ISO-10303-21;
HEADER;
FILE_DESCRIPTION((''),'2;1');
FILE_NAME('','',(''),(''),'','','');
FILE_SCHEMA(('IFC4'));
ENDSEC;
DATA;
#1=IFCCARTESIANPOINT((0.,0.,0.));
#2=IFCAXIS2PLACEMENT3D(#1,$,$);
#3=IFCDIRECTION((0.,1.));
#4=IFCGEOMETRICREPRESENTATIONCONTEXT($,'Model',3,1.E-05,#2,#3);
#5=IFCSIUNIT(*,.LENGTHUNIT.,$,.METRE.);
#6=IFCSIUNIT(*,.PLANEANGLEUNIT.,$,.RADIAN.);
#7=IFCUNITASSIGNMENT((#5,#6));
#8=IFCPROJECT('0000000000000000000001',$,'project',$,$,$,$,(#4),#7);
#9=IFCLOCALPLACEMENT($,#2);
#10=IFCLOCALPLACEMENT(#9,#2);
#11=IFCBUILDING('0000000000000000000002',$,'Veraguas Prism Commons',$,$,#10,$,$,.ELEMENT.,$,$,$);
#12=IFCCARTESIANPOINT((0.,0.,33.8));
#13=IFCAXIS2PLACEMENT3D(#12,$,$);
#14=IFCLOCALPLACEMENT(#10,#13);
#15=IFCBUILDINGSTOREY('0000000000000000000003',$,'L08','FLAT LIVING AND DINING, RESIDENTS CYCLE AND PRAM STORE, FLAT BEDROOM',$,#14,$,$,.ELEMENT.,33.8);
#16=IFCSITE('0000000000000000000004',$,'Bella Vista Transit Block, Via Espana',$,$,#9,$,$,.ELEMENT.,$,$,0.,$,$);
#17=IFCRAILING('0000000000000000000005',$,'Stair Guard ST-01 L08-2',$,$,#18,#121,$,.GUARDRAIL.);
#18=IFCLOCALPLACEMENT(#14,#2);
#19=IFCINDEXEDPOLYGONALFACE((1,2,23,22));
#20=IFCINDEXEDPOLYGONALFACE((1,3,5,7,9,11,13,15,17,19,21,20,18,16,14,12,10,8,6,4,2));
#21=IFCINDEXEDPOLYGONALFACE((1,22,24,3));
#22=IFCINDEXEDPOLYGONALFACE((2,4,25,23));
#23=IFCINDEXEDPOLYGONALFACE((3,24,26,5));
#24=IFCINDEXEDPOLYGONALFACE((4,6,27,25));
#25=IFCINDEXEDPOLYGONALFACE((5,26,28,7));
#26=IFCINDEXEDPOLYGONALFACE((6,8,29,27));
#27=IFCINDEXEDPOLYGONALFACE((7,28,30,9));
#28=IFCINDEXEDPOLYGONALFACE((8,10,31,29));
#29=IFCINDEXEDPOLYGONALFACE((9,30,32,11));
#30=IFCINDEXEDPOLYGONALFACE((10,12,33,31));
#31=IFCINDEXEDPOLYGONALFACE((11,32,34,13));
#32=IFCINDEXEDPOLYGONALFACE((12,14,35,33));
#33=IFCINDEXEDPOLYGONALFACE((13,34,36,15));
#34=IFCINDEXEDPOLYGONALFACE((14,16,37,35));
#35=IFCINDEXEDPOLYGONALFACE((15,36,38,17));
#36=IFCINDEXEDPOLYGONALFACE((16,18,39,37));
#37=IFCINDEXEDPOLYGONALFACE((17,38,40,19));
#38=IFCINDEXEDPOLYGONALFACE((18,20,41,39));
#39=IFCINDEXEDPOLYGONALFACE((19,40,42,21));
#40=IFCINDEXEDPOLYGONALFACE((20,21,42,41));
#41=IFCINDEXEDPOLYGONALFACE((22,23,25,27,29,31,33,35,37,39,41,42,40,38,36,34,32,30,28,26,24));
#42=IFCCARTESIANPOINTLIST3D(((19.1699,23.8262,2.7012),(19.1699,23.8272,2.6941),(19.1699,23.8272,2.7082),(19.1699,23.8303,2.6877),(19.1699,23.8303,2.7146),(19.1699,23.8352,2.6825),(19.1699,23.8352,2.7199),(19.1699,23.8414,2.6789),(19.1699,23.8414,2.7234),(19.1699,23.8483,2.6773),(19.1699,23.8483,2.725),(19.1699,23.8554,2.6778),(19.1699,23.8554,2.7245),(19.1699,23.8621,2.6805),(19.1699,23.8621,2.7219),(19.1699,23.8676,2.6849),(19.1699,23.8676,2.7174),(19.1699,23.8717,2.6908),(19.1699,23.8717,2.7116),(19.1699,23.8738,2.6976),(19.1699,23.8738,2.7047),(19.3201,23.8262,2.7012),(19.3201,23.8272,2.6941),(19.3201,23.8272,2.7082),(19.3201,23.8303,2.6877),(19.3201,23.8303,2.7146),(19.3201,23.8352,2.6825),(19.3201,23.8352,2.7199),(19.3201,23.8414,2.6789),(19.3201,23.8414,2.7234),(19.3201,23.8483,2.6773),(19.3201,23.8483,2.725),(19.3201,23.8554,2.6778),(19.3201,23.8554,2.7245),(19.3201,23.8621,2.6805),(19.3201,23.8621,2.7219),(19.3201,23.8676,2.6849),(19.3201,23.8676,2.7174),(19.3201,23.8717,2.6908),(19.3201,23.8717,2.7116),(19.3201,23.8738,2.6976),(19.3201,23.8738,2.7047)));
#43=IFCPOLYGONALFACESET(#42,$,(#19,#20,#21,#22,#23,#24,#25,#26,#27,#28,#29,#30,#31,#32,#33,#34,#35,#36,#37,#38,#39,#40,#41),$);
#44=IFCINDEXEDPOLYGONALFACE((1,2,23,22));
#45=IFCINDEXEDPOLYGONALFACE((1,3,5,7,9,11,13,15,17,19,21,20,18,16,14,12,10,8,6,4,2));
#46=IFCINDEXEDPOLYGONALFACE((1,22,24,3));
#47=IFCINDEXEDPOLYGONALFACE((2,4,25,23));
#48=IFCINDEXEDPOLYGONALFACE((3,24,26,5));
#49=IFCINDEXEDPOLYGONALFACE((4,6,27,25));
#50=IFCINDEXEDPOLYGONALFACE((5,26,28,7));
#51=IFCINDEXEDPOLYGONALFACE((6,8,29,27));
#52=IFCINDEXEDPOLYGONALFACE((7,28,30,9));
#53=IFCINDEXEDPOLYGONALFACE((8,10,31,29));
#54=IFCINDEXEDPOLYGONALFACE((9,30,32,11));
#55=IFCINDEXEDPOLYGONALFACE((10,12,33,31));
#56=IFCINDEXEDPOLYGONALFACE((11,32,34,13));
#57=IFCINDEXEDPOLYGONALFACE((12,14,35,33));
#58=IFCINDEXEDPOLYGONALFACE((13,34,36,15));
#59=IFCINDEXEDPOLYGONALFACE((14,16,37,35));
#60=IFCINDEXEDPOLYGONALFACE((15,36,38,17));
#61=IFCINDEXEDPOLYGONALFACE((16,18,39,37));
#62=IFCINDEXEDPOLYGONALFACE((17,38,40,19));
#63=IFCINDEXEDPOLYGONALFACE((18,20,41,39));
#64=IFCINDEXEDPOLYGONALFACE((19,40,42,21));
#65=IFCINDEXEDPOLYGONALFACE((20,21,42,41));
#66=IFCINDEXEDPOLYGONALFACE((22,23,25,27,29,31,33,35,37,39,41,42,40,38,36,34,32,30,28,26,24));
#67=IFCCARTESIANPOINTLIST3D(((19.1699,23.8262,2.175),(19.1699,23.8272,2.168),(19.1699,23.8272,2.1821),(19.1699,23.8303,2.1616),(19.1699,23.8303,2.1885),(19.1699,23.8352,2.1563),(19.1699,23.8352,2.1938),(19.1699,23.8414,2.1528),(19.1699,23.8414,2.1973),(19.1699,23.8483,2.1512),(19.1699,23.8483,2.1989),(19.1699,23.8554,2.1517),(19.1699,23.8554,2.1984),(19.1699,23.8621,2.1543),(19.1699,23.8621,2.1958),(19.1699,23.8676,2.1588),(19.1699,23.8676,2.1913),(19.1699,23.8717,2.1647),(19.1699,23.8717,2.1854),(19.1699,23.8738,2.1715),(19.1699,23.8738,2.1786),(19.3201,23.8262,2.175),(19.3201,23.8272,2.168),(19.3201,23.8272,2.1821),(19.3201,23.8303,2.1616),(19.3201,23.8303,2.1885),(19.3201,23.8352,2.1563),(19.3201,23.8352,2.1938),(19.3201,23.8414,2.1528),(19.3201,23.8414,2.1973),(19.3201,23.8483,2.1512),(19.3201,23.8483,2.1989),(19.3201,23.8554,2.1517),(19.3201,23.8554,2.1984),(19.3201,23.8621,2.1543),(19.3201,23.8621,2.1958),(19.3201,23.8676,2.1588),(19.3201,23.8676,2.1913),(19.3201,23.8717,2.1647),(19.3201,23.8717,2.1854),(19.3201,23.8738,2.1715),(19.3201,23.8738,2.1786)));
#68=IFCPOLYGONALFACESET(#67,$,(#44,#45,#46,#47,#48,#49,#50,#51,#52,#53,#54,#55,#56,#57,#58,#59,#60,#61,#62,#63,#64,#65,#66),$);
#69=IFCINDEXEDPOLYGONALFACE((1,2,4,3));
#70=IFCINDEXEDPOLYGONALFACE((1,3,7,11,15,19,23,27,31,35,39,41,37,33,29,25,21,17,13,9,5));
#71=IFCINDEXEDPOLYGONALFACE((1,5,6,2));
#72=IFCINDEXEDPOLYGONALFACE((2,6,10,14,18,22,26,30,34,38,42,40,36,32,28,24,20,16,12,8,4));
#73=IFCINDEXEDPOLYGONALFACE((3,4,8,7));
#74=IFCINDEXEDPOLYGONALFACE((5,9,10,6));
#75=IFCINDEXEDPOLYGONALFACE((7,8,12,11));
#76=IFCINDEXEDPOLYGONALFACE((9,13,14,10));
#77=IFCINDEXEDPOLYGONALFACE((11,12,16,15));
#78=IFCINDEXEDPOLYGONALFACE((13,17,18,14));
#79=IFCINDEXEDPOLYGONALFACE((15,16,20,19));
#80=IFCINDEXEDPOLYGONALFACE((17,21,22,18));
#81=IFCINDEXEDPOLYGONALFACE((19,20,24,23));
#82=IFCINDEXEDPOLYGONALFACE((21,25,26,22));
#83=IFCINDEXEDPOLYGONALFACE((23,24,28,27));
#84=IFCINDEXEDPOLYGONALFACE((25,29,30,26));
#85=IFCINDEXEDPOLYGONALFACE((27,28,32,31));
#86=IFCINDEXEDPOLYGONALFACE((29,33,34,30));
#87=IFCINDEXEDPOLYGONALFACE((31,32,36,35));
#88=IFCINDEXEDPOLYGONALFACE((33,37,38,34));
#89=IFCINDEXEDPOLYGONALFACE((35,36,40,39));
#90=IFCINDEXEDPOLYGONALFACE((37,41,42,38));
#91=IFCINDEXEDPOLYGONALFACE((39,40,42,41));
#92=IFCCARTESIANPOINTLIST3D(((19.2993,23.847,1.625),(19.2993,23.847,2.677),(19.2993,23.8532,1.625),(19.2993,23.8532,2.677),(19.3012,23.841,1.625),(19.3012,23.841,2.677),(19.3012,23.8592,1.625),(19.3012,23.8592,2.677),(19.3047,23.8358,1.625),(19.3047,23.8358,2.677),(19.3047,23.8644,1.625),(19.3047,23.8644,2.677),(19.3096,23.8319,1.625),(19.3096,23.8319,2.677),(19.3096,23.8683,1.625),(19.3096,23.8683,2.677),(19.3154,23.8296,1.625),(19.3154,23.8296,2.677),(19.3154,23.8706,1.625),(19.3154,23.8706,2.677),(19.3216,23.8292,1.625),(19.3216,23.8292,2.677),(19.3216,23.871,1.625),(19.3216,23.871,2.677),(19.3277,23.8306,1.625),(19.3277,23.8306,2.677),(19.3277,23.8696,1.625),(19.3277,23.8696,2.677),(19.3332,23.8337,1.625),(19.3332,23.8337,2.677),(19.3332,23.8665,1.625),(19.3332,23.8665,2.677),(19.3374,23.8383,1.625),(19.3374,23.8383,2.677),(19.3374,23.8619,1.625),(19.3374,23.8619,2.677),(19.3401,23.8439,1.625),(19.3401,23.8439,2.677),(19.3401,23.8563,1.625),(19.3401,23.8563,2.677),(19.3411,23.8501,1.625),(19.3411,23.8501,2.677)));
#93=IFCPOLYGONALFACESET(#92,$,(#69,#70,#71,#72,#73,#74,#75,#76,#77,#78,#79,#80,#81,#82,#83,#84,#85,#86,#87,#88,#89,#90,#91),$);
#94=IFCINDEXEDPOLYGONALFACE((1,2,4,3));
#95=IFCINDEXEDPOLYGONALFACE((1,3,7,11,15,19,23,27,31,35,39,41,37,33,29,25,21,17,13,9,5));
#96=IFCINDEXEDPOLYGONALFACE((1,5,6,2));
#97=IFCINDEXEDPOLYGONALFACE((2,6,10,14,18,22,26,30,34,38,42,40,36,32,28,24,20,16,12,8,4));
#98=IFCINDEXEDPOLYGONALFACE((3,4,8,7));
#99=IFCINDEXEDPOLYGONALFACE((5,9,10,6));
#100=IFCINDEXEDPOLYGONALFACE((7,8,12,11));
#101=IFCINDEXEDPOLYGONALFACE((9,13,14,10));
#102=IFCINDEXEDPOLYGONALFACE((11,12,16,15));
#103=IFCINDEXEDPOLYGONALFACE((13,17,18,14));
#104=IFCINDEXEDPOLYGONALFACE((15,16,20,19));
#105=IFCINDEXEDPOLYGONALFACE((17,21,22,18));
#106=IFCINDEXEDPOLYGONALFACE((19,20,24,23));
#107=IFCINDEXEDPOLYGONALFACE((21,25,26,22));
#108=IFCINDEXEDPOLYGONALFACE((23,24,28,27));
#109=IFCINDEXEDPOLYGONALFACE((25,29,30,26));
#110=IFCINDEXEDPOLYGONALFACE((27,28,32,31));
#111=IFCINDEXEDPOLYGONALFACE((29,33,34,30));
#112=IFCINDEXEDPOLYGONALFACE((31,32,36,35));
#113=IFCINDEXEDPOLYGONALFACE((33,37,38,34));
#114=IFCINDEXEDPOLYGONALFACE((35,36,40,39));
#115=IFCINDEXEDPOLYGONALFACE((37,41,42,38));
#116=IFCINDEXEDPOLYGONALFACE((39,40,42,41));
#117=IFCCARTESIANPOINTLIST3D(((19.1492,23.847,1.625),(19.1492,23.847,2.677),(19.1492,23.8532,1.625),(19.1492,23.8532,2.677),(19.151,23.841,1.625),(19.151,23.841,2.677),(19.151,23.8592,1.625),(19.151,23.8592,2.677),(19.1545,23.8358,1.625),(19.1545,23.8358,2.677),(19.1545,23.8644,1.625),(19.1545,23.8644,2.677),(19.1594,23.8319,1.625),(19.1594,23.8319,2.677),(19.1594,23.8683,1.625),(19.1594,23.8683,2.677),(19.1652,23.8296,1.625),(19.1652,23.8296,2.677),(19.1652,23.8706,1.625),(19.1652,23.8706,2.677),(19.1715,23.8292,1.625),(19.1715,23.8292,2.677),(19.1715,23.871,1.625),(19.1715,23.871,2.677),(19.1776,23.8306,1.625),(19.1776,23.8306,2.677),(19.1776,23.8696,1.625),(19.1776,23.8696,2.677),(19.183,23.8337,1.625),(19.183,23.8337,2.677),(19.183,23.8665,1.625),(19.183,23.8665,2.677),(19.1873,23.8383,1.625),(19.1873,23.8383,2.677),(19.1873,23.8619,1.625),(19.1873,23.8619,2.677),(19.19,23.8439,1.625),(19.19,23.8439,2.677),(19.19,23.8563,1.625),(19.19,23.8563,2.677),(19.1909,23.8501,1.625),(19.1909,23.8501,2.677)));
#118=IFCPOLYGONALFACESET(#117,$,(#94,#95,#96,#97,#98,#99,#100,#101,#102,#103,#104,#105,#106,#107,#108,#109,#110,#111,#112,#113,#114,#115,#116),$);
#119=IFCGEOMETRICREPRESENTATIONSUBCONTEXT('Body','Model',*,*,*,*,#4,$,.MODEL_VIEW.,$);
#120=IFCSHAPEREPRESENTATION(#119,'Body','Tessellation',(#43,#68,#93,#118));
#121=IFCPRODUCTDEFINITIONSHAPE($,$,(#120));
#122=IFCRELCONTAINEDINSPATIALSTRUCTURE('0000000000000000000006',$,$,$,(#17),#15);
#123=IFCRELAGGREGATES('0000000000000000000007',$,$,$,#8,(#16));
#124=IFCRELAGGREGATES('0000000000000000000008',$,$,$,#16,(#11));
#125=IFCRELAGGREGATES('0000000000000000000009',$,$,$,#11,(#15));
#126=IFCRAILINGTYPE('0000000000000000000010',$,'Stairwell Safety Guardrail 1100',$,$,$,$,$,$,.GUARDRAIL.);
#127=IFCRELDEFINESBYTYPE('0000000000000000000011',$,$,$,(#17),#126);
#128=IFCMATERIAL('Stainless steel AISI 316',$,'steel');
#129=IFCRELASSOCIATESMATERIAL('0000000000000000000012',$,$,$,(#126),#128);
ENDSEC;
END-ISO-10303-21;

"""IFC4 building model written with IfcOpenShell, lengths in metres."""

from ifc_helpers import new_model, si_unit, direction, frame, origin, origin_2d, place, context, subcontext, project, spatial, circle, extrude, material, type_object, element, save


model = new_model("IFC4")

# Units and contexts
model_context = context("Model", 3, precision=1e-05, world=origin(), true_north=direction((0.0, 1.0)))
body_context = subcontext(model_context, "Body", "Model", "MODEL_VIEW")
ifc_project = project(units=[si_unit("LENGTHUNIT", "METRE"), si_unit("PLANEANGLEUNIT", "RADIAN")], contexts=[model_context])

# Site, building, storey
site_placement = place(None, origin())
site = spatial("IfcSite", under=ifc_project, at=site_placement, Name="Bella Vista Transit Block, Via Espana", CompositionType="ELEMENT", RefElevation=0.0)
building_placement = place(site_placement, origin())
building = spatial("IfcBuilding", under=site, at=building_placement, Name="Veraguas Prism Commons", CompositionType="ELEMENT")
storey_placement = place(building_placement, frame((0.0, 0.0, 33.8)))
storey = spatial("IfcBuildingStorey", under=building, at=storey_placement, Name="L08", Description="FLAT LIVING AND DINING, RESIDENTS CYCLE AND PRAM STORE, FLAT BEDROOM", CompositionType="ELEMENT", Elevation=33.8)

# Railing
ifc_material_1 = material(Name="Stainless steel AISI 316", Category="steel")
railing_type_1 = type_object("IfcRailingType", Name="Stairwell Safety Guardrail 1100", PredefinedType="GUARDRAIL", material=ifc_material_1)
railing_1_placement = place(storey_placement, frame((19.3201, 23.8501, 1.625)))
element("IfcRailing", 1, at=railing_1_placement, inside=storey, type_object=railing_type_1, Name="Stair Guard ST-01 L08-2", PredefinedType="GUARDRAIL", context=body_context, shape_type="SweptSolid", body=[
    extrude(circle(Radius=0.0239, at=origin_2d()), frame((0.0, 0.0, 1.0762), z_axis=(-1.0, 0.0, 0.0), x_axis=(0.0, -1.0, 0.0)), (0.0, 0.0, 1.0), 0.1501),
    extrude(circle(Radius=0.0239, at=origin_2d()), frame((0.0, 0.0, 0.55), z_axis=(-1.0, 0.0, 0.0), x_axis=(0.0, -1.0, 0.0)), (0.0, 0.0, 1.0), 0.1501),
    extrude(circle(Radius=0.021, at=origin_2d()), origin(), (0.0, 0.0, 1.0), 1.052),
    extrude(circle(Radius=0.021, at=origin_2d()), frame((-0.1501, 0.0, 0.0)), (0.0, 0.0, 1.0), 1.052),
])

save(model, "model.ifc")
